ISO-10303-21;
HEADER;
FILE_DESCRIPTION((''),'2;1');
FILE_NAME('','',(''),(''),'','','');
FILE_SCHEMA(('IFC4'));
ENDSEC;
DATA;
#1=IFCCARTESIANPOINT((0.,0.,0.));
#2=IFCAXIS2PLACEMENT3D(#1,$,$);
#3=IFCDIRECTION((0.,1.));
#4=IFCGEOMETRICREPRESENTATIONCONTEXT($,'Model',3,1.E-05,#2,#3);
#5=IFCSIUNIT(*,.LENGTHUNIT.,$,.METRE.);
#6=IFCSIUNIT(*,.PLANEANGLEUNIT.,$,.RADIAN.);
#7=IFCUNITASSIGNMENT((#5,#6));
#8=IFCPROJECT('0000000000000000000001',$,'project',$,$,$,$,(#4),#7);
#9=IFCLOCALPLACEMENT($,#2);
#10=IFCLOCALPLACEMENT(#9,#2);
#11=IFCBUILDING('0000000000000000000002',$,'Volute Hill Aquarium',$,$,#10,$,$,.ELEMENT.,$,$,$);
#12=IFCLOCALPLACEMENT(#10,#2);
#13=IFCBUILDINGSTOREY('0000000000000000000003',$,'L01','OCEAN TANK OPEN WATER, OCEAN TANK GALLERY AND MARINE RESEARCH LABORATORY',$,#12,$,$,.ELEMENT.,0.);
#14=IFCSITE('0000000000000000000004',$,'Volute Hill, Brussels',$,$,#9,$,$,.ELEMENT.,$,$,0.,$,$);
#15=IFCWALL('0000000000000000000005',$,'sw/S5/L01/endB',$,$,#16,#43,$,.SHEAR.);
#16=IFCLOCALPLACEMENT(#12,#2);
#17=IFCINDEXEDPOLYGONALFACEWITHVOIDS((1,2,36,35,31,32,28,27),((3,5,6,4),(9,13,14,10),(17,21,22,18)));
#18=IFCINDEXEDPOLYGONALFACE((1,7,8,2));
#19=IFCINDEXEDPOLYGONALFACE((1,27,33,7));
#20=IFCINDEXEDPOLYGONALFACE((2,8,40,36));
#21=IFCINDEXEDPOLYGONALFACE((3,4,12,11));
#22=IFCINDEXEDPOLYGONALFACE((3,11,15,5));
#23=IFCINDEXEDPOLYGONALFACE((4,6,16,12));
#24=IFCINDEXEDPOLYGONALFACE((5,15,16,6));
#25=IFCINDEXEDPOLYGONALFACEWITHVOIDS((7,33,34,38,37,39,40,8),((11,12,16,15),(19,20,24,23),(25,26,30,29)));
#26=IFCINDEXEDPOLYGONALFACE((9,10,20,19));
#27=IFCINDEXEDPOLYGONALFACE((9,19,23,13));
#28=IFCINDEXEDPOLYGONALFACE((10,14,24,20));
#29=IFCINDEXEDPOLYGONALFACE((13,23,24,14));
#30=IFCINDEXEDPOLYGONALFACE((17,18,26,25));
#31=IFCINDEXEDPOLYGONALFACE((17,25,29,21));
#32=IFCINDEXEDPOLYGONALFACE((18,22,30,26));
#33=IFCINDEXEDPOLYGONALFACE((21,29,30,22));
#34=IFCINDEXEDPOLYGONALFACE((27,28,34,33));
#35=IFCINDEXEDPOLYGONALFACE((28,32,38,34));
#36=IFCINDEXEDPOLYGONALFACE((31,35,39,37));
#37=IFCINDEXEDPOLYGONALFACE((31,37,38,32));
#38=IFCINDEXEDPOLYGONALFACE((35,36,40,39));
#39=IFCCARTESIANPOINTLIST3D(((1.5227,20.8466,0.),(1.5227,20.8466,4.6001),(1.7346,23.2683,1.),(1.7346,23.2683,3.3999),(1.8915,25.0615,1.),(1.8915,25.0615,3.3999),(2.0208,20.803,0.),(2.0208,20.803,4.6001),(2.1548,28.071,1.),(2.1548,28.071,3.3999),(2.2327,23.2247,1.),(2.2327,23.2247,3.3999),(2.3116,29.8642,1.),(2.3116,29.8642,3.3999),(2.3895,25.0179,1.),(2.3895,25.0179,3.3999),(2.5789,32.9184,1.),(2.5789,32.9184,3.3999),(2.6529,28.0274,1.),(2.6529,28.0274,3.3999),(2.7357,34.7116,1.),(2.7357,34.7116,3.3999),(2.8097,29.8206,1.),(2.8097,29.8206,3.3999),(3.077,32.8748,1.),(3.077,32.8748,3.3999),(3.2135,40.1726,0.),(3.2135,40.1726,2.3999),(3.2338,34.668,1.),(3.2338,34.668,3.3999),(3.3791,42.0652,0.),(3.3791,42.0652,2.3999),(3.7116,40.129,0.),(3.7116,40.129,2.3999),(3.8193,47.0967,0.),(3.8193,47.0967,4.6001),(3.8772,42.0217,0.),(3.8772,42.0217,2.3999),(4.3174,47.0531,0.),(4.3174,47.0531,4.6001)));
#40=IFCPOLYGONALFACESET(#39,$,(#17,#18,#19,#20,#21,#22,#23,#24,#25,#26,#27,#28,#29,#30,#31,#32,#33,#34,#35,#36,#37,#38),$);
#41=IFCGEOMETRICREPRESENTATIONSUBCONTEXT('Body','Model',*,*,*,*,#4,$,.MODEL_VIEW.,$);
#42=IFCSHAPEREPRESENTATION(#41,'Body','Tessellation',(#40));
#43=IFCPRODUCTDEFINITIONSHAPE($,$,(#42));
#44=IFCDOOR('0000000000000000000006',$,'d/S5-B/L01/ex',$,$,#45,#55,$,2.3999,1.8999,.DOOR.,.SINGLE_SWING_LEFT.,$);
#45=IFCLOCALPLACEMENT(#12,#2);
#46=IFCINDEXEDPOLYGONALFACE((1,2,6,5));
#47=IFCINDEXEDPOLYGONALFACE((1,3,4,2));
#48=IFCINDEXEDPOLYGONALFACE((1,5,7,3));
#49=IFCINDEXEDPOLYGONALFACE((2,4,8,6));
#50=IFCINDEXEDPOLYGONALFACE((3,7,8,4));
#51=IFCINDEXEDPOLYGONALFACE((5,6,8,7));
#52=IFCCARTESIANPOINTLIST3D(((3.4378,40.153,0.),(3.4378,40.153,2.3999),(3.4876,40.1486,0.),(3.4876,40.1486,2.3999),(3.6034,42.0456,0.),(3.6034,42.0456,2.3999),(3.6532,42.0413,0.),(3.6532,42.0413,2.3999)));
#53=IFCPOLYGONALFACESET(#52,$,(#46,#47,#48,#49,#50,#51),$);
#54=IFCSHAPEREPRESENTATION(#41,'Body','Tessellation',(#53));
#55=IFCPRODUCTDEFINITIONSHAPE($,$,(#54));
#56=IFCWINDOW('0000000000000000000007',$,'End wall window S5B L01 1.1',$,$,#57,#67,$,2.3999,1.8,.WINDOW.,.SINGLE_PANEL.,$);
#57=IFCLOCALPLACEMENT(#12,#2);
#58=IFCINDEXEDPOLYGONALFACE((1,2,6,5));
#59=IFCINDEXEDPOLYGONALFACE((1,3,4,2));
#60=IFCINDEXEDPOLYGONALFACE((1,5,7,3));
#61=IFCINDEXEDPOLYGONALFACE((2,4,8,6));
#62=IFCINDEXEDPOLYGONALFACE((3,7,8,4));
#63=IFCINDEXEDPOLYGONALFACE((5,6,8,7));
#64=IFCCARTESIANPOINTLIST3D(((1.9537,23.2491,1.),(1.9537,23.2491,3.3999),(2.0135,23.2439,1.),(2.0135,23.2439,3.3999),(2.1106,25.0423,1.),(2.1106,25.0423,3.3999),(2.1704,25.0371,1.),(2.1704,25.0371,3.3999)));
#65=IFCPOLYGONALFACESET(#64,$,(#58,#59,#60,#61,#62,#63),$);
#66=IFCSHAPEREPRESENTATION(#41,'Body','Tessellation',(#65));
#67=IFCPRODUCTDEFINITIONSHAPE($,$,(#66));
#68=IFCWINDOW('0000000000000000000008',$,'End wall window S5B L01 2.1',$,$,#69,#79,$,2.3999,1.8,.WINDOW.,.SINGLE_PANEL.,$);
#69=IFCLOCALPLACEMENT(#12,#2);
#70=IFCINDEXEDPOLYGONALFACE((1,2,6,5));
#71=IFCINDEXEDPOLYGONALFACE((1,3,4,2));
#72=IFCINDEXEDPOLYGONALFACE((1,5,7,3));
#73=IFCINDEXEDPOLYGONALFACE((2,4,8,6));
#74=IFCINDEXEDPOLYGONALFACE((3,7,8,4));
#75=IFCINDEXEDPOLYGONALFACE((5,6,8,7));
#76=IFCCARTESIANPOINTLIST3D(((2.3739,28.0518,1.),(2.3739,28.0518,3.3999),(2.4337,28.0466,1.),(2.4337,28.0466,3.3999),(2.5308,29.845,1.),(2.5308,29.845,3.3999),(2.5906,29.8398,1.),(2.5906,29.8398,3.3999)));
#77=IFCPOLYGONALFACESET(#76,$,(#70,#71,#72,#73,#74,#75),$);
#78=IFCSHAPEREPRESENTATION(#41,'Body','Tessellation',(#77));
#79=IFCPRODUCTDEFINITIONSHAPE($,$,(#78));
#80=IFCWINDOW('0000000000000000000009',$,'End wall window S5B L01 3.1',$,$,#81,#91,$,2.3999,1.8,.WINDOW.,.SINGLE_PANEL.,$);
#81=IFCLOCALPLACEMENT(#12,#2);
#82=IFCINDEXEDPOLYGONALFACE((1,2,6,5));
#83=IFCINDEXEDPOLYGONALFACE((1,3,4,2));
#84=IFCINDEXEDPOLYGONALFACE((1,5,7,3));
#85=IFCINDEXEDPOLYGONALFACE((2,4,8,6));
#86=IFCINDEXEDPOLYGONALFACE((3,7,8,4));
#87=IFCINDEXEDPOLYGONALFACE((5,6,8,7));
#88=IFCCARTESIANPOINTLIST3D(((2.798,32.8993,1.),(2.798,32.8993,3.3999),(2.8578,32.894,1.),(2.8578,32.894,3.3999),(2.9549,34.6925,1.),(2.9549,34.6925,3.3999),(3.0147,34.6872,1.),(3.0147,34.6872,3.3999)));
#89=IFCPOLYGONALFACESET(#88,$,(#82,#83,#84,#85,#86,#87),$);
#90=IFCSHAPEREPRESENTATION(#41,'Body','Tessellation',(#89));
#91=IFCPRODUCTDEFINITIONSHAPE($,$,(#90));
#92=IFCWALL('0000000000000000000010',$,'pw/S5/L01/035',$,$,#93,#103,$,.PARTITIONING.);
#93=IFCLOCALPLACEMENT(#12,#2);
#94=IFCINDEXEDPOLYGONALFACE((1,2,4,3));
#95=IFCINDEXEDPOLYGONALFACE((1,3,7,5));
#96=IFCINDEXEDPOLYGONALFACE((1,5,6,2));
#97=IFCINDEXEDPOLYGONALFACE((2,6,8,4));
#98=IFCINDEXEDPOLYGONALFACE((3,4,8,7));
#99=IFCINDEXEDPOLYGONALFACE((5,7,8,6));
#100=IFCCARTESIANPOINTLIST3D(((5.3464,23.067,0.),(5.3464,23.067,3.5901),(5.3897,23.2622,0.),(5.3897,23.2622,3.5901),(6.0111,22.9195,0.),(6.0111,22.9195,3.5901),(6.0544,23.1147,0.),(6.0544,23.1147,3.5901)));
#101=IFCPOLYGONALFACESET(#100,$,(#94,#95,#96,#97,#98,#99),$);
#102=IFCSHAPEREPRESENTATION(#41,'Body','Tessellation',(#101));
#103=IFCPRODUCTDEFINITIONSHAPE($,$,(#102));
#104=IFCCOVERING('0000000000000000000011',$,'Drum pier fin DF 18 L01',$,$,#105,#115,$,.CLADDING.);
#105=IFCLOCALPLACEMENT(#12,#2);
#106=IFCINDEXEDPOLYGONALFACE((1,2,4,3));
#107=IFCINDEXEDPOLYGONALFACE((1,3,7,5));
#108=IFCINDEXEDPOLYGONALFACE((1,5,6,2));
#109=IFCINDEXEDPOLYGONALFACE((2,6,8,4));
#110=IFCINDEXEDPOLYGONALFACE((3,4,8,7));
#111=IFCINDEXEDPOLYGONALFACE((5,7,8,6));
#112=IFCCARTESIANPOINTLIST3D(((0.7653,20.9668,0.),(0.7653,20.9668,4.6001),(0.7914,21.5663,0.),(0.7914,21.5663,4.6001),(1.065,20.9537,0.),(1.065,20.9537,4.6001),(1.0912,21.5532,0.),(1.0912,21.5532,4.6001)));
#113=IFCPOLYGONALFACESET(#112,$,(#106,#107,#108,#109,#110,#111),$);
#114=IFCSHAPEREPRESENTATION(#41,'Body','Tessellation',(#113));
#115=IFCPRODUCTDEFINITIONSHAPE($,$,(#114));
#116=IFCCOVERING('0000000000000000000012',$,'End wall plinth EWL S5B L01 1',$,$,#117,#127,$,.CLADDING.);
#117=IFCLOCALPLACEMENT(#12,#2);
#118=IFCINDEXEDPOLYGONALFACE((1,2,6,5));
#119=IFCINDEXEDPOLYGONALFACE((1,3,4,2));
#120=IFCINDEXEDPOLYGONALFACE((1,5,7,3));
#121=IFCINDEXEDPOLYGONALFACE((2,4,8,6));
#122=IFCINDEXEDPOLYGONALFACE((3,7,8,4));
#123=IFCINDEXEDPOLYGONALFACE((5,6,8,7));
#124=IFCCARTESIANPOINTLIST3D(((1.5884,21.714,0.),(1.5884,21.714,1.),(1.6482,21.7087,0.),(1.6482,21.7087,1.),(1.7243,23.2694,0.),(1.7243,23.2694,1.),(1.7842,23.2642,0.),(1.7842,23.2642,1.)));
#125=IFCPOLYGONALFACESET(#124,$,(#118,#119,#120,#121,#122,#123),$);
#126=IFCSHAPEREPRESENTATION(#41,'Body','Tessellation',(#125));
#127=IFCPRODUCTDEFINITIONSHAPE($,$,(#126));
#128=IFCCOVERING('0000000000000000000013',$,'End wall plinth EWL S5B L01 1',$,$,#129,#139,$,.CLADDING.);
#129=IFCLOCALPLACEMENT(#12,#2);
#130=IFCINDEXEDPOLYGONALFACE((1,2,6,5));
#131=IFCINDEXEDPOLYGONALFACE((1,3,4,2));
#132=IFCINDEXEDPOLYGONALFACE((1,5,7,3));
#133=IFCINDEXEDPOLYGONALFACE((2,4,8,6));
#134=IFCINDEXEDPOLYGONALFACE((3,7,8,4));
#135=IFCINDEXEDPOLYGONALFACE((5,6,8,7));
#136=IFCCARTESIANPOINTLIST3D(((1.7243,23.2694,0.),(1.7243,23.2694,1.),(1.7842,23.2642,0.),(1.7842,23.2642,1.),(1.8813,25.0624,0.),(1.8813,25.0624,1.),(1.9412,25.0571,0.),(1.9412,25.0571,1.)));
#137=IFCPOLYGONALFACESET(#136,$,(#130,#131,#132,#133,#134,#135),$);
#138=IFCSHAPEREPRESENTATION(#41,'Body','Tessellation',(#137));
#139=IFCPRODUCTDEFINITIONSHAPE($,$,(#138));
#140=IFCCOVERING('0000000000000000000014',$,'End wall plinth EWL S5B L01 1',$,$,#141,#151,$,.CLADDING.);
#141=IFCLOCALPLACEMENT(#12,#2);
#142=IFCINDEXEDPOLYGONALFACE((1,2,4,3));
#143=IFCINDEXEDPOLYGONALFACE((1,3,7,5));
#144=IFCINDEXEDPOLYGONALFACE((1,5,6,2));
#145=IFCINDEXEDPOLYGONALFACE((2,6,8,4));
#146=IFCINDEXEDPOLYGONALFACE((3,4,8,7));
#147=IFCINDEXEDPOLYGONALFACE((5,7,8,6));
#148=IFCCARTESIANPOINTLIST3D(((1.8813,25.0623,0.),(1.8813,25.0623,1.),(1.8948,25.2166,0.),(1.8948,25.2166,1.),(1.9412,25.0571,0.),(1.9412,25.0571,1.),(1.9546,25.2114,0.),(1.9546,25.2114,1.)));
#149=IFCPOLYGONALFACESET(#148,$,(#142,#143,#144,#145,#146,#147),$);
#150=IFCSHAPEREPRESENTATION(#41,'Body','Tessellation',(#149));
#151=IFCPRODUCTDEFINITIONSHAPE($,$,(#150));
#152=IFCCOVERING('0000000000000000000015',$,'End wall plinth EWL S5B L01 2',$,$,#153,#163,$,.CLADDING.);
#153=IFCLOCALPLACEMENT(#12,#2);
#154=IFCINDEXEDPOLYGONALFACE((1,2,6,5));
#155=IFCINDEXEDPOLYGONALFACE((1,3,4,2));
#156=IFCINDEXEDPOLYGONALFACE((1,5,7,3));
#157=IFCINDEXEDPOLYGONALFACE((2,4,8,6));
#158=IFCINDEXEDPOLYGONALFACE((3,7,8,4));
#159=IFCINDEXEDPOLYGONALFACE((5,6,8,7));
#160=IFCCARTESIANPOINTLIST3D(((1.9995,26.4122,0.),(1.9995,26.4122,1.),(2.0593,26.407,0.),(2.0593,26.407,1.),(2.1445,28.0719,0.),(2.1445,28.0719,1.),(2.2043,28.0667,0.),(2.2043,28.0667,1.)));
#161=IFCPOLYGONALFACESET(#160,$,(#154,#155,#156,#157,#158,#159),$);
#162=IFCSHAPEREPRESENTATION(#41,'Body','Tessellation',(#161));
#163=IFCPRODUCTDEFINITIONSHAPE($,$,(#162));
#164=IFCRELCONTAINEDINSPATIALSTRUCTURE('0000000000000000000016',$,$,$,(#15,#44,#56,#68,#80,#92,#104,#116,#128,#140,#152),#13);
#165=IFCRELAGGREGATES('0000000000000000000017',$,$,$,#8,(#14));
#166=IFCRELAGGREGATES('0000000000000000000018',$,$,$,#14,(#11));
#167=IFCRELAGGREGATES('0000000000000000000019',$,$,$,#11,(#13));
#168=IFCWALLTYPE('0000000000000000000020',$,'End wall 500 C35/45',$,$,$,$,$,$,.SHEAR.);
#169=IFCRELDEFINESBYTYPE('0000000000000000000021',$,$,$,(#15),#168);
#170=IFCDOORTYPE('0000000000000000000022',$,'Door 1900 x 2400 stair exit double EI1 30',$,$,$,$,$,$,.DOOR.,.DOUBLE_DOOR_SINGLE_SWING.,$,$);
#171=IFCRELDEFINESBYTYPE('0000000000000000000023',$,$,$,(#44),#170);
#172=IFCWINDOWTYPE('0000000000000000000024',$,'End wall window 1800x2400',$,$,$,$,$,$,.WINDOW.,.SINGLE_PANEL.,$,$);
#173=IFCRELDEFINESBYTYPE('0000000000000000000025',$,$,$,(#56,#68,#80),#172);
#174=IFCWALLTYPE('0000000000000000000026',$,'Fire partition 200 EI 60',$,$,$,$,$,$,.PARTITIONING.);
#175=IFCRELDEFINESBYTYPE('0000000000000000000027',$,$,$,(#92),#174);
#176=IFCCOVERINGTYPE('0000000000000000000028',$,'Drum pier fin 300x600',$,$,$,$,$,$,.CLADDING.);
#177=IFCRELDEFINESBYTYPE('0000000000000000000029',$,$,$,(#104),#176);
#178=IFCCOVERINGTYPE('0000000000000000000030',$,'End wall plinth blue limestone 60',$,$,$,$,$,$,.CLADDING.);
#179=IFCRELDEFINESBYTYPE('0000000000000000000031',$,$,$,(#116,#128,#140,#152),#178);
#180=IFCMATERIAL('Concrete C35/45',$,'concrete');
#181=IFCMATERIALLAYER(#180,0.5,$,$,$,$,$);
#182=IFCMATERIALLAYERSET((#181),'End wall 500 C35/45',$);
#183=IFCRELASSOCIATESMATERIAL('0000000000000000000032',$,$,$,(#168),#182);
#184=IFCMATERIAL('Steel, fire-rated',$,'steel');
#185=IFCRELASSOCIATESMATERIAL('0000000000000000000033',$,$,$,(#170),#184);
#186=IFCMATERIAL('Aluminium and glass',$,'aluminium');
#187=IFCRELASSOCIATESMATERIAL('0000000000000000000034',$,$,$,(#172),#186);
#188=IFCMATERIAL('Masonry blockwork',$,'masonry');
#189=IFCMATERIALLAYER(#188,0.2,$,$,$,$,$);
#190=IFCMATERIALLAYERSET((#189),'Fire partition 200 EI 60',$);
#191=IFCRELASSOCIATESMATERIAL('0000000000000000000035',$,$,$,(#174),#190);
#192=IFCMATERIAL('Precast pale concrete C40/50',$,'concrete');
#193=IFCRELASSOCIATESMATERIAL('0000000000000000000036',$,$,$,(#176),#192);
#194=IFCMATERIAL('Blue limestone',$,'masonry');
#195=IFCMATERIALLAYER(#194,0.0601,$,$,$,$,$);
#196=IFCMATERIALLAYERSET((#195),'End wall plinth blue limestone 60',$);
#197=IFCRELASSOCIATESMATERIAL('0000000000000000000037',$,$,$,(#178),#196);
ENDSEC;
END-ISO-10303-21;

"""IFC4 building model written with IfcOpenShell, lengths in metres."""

from ifc_helpers import new_model, si_unit, direction, frame, frame_2d, origin, origin_2d, place, context, subcontext, project, spatial, polyline, rectangle, outline, extrude, material, layer, layer_set, type_object, element, fill, save


model = new_model("IFC4")

# Units and contexts
model_context = context("Model", 3, precision=1e-05, world=origin(), true_north=direction((0.0, 1.0)))
body_context = subcontext(model_context, "Body", "Model", "MODEL_VIEW")
ifc_project = project(units=[si_unit("LENGTHUNIT", "METRE"), si_unit("PLANEANGLEUNIT", "RADIAN")], contexts=[model_context])

# Site, building, storey
site_placement = place(None, origin())
site = spatial("IfcSite", under=ifc_project, at=site_placement, Name="Volute Hill, Brussels", CompositionType="ELEMENT", RefElevation=0.0)
building_placement = place(site_placement, origin())
building = spatial("IfcBuilding", under=site, at=building_placement, Name="Volute Hill Aquarium", CompositionType="ELEMENT")
storey_placement = place(building_placement, origin())
storey = spatial("IfcBuildingStorey", under=building, at=storey_placement, Name="L01", Description="OCEAN TANK OPEN WATER, OCEAN TANK GALLERY AND MARINE RESEARCH LABORATORY", CompositionType="ELEMENT", Elevation=0.0)

# Wall, openings, door, windows
ifc_material_1 = material(Name="Concrete C35/45", Category="concrete")
ifc_layer_1 = layer(ifc_material_1, 0.5)
ifc_layer_set_1 = layer_set([ifc_layer_1], Name="End wall 500 C35/45")
wall_type_1 = type_object("IfcWallType", Name="End wall 500 C35/45", PredefinedType="SHEAR", material=ifc_layer_set_1)
wall_1_placement = place(storey_placement, frame((1.7717, 20.8247, 0.0), z_axis=(0.0, 0.0, 1.0), x_axis=(0.087158, 0.996195, 0.0)))
wall_1 = element("IfcWall", 1, at=wall_1_placement, inside=storey, type_object=wall_type_1, Name="sw/S5/L01/endB", PredefinedType="SHEAR", context=body_context, shape_type="SweptSolid", body=[
    extrude(rectangle(XDim=26.3503, YDim=0.5, at=frame_2d((13.1753, 0.0))), origin(), (0.0, 0.0, 1.0), 4.6001),
])
opening_1_placement = place(wall_1_placement, frame((2.4312, 0.0, 1.0)))
opening_1 = element("IfcOpeningElement", 2, at=opening_1_placement, cuts=wall_1, PredefinedType="OPENING", context=body_context, shape_type="SweptSolid", body=[
    extrude(rectangle(XDim=1.8, YDim=2.3999, at=frame_2d((0.8999, 1.2))), frame((0.0, 0.26, 0.0), z_axis=(0.0, -1.0, 0.0), x_axis=(1.0, 0.0, 0.0)), (0.0, 0.0, 1.0), 0.52),
])
opening_2_placement = place(wall_1_placement, frame((7.2522, 0.0, 1.0)))
opening_2 = element("IfcOpeningElement", 3, at=opening_2_placement, cuts=wall_1, PredefinedType="OPENING", context=body_context, shape_type="SweptSolid", body=[
    extrude(rectangle(XDim=1.8, YDim=2.3999, at=frame_2d((0.8999, 1.2))), frame((0.0, 0.26, 0.0), z_axis=(0.0, -1.0, 0.0), x_axis=(1.0, 0.0, 0.0)), (0.0, 0.0, 1.0), 0.52),
])
opening_3_placement = place(wall_1_placement, frame((12.1182, 0.0, 1.0)))
opening_3 = element("IfcOpeningElement", 4, at=opening_3_placement, cuts=wall_1, PredefinedType="OPENING", context=body_context, shape_type="SweptSolid", body=[
    extrude(rectangle(XDim=1.8, YDim=2.3999, at=frame_2d((0.8999, 1.2))), frame((0.0, 0.26, 0.0), z_axis=(0.0, -1.0, 0.0), x_axis=(1.0, 0.0, 0.0)), (0.0, 0.0, 1.0), 0.52),
])
opening_4_placement = place(wall_1_placement, frame((19.3999, 0.0, 0.0)))
opening_4 = element("IfcOpeningElement", 5, at=opening_4_placement, cuts=wall_1, PredefinedType="OPENING", context=body_context, shape_type="SweptSolid", body=[
    extrude(rectangle(XDim=1.8999, YDim=2.3999, at=frame_2d((0.95, 1.2))), frame((0.0, 0.26, 0.0), z_axis=(0.0, -1.0, 0.0), x_axis=(1.0, 0.0, 0.0)), (0.0, 0.0, 1.0), 0.52),
])
ifc_material_2 = material(Name="Steel, fire-rated", Category="steel")
door_type_1 = type_object("IfcDoorType", Name="Door 1900 x 2400 stair exit double EI1 30", OperationType="DOUBLE_DOOR_SINGLE_SWING", PredefinedType="DOOR", material=ifc_material_2)
door_1_placement = place(opening_4_placement, origin())
door_1 = element("IfcDoor", 6, at=door_1_placement, inside=storey, type_object=door_type_1, Name="d/S5-B/L01/ex", OperationType="SINGLE_SWING_LEFT", OverallHeight=2.3999, OverallWidth=1.8999, PredefinedType="DOOR", context=body_context, shape_type="SweptSolid", body=[
    extrude(rectangle(XDim=1.8999, YDim=2.3999, at=frame_2d((0.95, 1.2))), frame((0.0, 0.0249, 0.0), z_axis=(0.0, -1.0, 0.0), x_axis=(1.0, 0.0, 0.0)), (0.0, 0.0, 1.0), 0.05),
])
fill(opening_4, door_1)
ifc_material_3 = material(Name="Aluminium and glass", Category="aluminium")
window_type = type_object("IfcWindowType", Name="End wall window 1800x2400", PartitioningType="SINGLE_PANEL", PredefinedType="WINDOW", material=ifc_material_3)
window_1_placement = place(opening_1_placement, origin())
window_1 = element("IfcWindow", 7, at=window_1_placement, inside=storey, type_object=window_type, Name="End wall window S5B L01 1.1", OverallHeight=2.3999, OverallWidth=1.8, PartitioningType="SINGLE_PANEL", PredefinedType="WINDOW", context=body_context, shape_type="SweptSolid", body=[
    extrude(rectangle(XDim=1.8, YDim=2.3999, at=frame_2d((0.8999, 1.2))), frame((0.0, 0.03, 0.0), z_axis=(0.0, -1.0, 0.0), x_axis=(1.0, 0.0, 0.0)), (0.0, 0.0, 1.0), 0.0601),
])
fill(opening_1, window_1)
window_2_placement = place(opening_2_placement, origin())
window_2 = element("IfcWindow", 8, at=window_2_placement, inside=storey, type_object=window_type, Name="End wall window S5B L01 2.1", OverallHeight=2.3999, OverallWidth=1.8, PartitioningType="SINGLE_PANEL", PredefinedType="WINDOW", context=body_context, shape_type="SweptSolid", body=[
    extrude(rectangle(XDim=1.8, YDim=2.3999, at=frame_2d((0.8999, 1.2))), frame((0.0, 0.03, 0.0), z_axis=(0.0, -1.0, 0.0), x_axis=(1.0, 0.0, 0.0)), (0.0, 0.0, 1.0), 0.0601),
])
fill(opening_2, window_2)
window_3_placement = place(opening_3_placement, origin())
window_3 = element("IfcWindow", 9, at=window_3_placement, inside=storey, type_object=window_type, Name="End wall window S5B L01 3.1", OverallHeight=2.3999, OverallWidth=1.8, PartitioningType="SINGLE_PANEL", PredefinedType="WINDOW", context=body_context, shape_type="SweptSolid", body=[
    extrude(rectangle(XDim=1.8, YDim=2.3999, at=frame_2d((0.8999, 1.2))), frame((0.0, 0.03, 0.0), z_axis=(0.0, -1.0, 0.0), x_axis=(1.0, 0.0, 0.0)), (0.0, 0.0, 1.0), 0.0601),
])
fill(opening_3, window_3)

# Wall
ifc_material_4 = material(Name="Masonry blockwork", Category="masonry")
ifc_layer_2 = layer(ifc_material_4, 0.2)
ifc_layer_set_2 = layer_set([ifc_layer_2], Name="Fire partition 200 EI 60")
wall_type_2 = type_object("IfcWallType", Name="Fire partition 200 EI 60", PredefinedType="PARTITIONING", material=ifc_layer_set_2)
wall_2_placement = place(storey_placement, frame((5.3682, 23.1646, 0.0), z_axis=(0.0, 0.0, 1.0), x_axis=(0.976271, -0.216551, 0.0)))
element("IfcWall", 10, at=wall_2_placement, inside=storey, type_object=wall_type_2, Name="pw/S5/L01/035", PredefinedType="PARTITIONING", context=body_context, shape_type="SweptSolid", body=[
    extrude(rectangle(XDim=0.6809, YDim=0.2, at=frame_2d((0.3403, 0.0))), origin(), (0.0, 0.0, 1.0), 3.5901),
])

# Coverings
ifc_material_5 = material(Name="Precast pale concrete C40/50", Category="concrete")
covering_type_1 = type_object("IfcCoveringType", Name="Drum pier fin 300x600", PredefinedType="CLADDING", material=ifc_material_5)
covering_1_placement = place(storey_placement, frame((0.9282, 21.26, 0.0), z_axis=(0.0, 0.0, 1.0), x_axis=(-0.999048, 0.043619, 0.0)))
element("IfcCovering", 11, at=covering_1_placement, inside=storey, type_object=covering_type_1, Name="Drum pier fin DF 18 L01", PredefinedType="CLADDING", context=body_context, shape_type="SweptSolid", body=[
    extrude(rectangle(XDim=0.3, YDim=0.6001, at=origin_2d()), origin(), (0.0, 0.0, 1.0), 4.6001),
])
ifc_material_6 = material(Name="Blue limestone", Category="masonry")
ifc_layer_3 = layer(ifc_material_6, 0.0601)
ifc_layer_set_3 = layer_set([ifc_layer_3], Name="End wall plinth blue limestone 60")
covering_type_2 = type_object("IfcCoveringType", Name="End wall plinth blue limestone 60", PredefinedType="CLADDING", material=ifc_layer_set_3)
covering_2_placement = place(storey_placement, frame((1.6482, 21.7087, 0.0), z_axis=(0.9962, -0.087095, 0.0), x_axis=(0.087095, 0.9962, 0.0)))
element("IfcCovering", 12, at=covering_2_placement, inside=storey, type_object=covering_type_2, Name="End wall plinth EWL S5B L01 1", PredefinedType="CLADDING", context=body_context, shape_type="SweptSolid", body=[
    extrude(outline(polyline([(0.0, 0.0), (1.5614, 0.0), (1.5614, 1.0), (0.0, 1.0), (0.0, 0.0)])), origin(), (0.0, 0.0, -1.0), 0.0601),
])
covering_3_placement = place(storey_placement, frame((1.7842, 23.2642, 0.0), z_axis=(0.996189, -0.087221, 0.0), x_axis=(0.087221, 0.996189, 0.0)))
element("IfcCovering", 13, at=covering_3_placement, inside=storey, type_object=covering_type_2, Name="End wall plinth EWL S5B L01 1", PredefinedType="CLADDING", context=body_context, shape_type="SweptSolid", body=[
    extrude(outline(polyline([(0.0, 0.0), (1.7998, 0.0), (1.7998, 1.0), (0.0, 1.0), (0.0, 0.0)])), origin(), (0.0, 0.0, -1.0), 0.0601),
])
covering_4_placement = place(storey_placement, frame((1.9412, 25.0571, 0.0), z_axis=(0.996235, -0.086698, 0.0), x_axis=(0.086698, 0.996235, 0.0)))
element("IfcCovering", 14, at=covering_4_placement, inside=storey, type_object=covering_type_2, Name="End wall plinth EWL S5B L01 1", PredefinedType="CLADDING", context=body_context, shape_type="SweptSolid", body=[
    extrude(outline(polyline([(0.0, 0.0), (0.1549, 0.0), (0.1549, 1.0), (0.0, 1.0), (0.0, 0.0)])), origin(), (0.0, 0.0, -1.0), 0.0601),
])
covering_5_placement = place(storey_placement, frame((2.0593, 26.407, 0.0), z_axis=(0.996204, -0.087047, 0.0), x_axis=(0.087047, 0.996204, 0.0)))
element("IfcCovering", 15, at=covering_5_placement, inside=storey, type_object=covering_type_2, Name="End wall plinth EWL S5B L01 2", PredefinedType="CLADDING", context=body_context, shape_type="SweptSolid", body=[
    extrude(outline(polyline([(0.0, 0.0), (1.666, 0.0), (1.666, 1.0), (0.0, 1.0), (0.0, 0.0)])), origin(), (0.0, 0.0, -1.0), 0.0601),
])

save(model, "model.ifc")
